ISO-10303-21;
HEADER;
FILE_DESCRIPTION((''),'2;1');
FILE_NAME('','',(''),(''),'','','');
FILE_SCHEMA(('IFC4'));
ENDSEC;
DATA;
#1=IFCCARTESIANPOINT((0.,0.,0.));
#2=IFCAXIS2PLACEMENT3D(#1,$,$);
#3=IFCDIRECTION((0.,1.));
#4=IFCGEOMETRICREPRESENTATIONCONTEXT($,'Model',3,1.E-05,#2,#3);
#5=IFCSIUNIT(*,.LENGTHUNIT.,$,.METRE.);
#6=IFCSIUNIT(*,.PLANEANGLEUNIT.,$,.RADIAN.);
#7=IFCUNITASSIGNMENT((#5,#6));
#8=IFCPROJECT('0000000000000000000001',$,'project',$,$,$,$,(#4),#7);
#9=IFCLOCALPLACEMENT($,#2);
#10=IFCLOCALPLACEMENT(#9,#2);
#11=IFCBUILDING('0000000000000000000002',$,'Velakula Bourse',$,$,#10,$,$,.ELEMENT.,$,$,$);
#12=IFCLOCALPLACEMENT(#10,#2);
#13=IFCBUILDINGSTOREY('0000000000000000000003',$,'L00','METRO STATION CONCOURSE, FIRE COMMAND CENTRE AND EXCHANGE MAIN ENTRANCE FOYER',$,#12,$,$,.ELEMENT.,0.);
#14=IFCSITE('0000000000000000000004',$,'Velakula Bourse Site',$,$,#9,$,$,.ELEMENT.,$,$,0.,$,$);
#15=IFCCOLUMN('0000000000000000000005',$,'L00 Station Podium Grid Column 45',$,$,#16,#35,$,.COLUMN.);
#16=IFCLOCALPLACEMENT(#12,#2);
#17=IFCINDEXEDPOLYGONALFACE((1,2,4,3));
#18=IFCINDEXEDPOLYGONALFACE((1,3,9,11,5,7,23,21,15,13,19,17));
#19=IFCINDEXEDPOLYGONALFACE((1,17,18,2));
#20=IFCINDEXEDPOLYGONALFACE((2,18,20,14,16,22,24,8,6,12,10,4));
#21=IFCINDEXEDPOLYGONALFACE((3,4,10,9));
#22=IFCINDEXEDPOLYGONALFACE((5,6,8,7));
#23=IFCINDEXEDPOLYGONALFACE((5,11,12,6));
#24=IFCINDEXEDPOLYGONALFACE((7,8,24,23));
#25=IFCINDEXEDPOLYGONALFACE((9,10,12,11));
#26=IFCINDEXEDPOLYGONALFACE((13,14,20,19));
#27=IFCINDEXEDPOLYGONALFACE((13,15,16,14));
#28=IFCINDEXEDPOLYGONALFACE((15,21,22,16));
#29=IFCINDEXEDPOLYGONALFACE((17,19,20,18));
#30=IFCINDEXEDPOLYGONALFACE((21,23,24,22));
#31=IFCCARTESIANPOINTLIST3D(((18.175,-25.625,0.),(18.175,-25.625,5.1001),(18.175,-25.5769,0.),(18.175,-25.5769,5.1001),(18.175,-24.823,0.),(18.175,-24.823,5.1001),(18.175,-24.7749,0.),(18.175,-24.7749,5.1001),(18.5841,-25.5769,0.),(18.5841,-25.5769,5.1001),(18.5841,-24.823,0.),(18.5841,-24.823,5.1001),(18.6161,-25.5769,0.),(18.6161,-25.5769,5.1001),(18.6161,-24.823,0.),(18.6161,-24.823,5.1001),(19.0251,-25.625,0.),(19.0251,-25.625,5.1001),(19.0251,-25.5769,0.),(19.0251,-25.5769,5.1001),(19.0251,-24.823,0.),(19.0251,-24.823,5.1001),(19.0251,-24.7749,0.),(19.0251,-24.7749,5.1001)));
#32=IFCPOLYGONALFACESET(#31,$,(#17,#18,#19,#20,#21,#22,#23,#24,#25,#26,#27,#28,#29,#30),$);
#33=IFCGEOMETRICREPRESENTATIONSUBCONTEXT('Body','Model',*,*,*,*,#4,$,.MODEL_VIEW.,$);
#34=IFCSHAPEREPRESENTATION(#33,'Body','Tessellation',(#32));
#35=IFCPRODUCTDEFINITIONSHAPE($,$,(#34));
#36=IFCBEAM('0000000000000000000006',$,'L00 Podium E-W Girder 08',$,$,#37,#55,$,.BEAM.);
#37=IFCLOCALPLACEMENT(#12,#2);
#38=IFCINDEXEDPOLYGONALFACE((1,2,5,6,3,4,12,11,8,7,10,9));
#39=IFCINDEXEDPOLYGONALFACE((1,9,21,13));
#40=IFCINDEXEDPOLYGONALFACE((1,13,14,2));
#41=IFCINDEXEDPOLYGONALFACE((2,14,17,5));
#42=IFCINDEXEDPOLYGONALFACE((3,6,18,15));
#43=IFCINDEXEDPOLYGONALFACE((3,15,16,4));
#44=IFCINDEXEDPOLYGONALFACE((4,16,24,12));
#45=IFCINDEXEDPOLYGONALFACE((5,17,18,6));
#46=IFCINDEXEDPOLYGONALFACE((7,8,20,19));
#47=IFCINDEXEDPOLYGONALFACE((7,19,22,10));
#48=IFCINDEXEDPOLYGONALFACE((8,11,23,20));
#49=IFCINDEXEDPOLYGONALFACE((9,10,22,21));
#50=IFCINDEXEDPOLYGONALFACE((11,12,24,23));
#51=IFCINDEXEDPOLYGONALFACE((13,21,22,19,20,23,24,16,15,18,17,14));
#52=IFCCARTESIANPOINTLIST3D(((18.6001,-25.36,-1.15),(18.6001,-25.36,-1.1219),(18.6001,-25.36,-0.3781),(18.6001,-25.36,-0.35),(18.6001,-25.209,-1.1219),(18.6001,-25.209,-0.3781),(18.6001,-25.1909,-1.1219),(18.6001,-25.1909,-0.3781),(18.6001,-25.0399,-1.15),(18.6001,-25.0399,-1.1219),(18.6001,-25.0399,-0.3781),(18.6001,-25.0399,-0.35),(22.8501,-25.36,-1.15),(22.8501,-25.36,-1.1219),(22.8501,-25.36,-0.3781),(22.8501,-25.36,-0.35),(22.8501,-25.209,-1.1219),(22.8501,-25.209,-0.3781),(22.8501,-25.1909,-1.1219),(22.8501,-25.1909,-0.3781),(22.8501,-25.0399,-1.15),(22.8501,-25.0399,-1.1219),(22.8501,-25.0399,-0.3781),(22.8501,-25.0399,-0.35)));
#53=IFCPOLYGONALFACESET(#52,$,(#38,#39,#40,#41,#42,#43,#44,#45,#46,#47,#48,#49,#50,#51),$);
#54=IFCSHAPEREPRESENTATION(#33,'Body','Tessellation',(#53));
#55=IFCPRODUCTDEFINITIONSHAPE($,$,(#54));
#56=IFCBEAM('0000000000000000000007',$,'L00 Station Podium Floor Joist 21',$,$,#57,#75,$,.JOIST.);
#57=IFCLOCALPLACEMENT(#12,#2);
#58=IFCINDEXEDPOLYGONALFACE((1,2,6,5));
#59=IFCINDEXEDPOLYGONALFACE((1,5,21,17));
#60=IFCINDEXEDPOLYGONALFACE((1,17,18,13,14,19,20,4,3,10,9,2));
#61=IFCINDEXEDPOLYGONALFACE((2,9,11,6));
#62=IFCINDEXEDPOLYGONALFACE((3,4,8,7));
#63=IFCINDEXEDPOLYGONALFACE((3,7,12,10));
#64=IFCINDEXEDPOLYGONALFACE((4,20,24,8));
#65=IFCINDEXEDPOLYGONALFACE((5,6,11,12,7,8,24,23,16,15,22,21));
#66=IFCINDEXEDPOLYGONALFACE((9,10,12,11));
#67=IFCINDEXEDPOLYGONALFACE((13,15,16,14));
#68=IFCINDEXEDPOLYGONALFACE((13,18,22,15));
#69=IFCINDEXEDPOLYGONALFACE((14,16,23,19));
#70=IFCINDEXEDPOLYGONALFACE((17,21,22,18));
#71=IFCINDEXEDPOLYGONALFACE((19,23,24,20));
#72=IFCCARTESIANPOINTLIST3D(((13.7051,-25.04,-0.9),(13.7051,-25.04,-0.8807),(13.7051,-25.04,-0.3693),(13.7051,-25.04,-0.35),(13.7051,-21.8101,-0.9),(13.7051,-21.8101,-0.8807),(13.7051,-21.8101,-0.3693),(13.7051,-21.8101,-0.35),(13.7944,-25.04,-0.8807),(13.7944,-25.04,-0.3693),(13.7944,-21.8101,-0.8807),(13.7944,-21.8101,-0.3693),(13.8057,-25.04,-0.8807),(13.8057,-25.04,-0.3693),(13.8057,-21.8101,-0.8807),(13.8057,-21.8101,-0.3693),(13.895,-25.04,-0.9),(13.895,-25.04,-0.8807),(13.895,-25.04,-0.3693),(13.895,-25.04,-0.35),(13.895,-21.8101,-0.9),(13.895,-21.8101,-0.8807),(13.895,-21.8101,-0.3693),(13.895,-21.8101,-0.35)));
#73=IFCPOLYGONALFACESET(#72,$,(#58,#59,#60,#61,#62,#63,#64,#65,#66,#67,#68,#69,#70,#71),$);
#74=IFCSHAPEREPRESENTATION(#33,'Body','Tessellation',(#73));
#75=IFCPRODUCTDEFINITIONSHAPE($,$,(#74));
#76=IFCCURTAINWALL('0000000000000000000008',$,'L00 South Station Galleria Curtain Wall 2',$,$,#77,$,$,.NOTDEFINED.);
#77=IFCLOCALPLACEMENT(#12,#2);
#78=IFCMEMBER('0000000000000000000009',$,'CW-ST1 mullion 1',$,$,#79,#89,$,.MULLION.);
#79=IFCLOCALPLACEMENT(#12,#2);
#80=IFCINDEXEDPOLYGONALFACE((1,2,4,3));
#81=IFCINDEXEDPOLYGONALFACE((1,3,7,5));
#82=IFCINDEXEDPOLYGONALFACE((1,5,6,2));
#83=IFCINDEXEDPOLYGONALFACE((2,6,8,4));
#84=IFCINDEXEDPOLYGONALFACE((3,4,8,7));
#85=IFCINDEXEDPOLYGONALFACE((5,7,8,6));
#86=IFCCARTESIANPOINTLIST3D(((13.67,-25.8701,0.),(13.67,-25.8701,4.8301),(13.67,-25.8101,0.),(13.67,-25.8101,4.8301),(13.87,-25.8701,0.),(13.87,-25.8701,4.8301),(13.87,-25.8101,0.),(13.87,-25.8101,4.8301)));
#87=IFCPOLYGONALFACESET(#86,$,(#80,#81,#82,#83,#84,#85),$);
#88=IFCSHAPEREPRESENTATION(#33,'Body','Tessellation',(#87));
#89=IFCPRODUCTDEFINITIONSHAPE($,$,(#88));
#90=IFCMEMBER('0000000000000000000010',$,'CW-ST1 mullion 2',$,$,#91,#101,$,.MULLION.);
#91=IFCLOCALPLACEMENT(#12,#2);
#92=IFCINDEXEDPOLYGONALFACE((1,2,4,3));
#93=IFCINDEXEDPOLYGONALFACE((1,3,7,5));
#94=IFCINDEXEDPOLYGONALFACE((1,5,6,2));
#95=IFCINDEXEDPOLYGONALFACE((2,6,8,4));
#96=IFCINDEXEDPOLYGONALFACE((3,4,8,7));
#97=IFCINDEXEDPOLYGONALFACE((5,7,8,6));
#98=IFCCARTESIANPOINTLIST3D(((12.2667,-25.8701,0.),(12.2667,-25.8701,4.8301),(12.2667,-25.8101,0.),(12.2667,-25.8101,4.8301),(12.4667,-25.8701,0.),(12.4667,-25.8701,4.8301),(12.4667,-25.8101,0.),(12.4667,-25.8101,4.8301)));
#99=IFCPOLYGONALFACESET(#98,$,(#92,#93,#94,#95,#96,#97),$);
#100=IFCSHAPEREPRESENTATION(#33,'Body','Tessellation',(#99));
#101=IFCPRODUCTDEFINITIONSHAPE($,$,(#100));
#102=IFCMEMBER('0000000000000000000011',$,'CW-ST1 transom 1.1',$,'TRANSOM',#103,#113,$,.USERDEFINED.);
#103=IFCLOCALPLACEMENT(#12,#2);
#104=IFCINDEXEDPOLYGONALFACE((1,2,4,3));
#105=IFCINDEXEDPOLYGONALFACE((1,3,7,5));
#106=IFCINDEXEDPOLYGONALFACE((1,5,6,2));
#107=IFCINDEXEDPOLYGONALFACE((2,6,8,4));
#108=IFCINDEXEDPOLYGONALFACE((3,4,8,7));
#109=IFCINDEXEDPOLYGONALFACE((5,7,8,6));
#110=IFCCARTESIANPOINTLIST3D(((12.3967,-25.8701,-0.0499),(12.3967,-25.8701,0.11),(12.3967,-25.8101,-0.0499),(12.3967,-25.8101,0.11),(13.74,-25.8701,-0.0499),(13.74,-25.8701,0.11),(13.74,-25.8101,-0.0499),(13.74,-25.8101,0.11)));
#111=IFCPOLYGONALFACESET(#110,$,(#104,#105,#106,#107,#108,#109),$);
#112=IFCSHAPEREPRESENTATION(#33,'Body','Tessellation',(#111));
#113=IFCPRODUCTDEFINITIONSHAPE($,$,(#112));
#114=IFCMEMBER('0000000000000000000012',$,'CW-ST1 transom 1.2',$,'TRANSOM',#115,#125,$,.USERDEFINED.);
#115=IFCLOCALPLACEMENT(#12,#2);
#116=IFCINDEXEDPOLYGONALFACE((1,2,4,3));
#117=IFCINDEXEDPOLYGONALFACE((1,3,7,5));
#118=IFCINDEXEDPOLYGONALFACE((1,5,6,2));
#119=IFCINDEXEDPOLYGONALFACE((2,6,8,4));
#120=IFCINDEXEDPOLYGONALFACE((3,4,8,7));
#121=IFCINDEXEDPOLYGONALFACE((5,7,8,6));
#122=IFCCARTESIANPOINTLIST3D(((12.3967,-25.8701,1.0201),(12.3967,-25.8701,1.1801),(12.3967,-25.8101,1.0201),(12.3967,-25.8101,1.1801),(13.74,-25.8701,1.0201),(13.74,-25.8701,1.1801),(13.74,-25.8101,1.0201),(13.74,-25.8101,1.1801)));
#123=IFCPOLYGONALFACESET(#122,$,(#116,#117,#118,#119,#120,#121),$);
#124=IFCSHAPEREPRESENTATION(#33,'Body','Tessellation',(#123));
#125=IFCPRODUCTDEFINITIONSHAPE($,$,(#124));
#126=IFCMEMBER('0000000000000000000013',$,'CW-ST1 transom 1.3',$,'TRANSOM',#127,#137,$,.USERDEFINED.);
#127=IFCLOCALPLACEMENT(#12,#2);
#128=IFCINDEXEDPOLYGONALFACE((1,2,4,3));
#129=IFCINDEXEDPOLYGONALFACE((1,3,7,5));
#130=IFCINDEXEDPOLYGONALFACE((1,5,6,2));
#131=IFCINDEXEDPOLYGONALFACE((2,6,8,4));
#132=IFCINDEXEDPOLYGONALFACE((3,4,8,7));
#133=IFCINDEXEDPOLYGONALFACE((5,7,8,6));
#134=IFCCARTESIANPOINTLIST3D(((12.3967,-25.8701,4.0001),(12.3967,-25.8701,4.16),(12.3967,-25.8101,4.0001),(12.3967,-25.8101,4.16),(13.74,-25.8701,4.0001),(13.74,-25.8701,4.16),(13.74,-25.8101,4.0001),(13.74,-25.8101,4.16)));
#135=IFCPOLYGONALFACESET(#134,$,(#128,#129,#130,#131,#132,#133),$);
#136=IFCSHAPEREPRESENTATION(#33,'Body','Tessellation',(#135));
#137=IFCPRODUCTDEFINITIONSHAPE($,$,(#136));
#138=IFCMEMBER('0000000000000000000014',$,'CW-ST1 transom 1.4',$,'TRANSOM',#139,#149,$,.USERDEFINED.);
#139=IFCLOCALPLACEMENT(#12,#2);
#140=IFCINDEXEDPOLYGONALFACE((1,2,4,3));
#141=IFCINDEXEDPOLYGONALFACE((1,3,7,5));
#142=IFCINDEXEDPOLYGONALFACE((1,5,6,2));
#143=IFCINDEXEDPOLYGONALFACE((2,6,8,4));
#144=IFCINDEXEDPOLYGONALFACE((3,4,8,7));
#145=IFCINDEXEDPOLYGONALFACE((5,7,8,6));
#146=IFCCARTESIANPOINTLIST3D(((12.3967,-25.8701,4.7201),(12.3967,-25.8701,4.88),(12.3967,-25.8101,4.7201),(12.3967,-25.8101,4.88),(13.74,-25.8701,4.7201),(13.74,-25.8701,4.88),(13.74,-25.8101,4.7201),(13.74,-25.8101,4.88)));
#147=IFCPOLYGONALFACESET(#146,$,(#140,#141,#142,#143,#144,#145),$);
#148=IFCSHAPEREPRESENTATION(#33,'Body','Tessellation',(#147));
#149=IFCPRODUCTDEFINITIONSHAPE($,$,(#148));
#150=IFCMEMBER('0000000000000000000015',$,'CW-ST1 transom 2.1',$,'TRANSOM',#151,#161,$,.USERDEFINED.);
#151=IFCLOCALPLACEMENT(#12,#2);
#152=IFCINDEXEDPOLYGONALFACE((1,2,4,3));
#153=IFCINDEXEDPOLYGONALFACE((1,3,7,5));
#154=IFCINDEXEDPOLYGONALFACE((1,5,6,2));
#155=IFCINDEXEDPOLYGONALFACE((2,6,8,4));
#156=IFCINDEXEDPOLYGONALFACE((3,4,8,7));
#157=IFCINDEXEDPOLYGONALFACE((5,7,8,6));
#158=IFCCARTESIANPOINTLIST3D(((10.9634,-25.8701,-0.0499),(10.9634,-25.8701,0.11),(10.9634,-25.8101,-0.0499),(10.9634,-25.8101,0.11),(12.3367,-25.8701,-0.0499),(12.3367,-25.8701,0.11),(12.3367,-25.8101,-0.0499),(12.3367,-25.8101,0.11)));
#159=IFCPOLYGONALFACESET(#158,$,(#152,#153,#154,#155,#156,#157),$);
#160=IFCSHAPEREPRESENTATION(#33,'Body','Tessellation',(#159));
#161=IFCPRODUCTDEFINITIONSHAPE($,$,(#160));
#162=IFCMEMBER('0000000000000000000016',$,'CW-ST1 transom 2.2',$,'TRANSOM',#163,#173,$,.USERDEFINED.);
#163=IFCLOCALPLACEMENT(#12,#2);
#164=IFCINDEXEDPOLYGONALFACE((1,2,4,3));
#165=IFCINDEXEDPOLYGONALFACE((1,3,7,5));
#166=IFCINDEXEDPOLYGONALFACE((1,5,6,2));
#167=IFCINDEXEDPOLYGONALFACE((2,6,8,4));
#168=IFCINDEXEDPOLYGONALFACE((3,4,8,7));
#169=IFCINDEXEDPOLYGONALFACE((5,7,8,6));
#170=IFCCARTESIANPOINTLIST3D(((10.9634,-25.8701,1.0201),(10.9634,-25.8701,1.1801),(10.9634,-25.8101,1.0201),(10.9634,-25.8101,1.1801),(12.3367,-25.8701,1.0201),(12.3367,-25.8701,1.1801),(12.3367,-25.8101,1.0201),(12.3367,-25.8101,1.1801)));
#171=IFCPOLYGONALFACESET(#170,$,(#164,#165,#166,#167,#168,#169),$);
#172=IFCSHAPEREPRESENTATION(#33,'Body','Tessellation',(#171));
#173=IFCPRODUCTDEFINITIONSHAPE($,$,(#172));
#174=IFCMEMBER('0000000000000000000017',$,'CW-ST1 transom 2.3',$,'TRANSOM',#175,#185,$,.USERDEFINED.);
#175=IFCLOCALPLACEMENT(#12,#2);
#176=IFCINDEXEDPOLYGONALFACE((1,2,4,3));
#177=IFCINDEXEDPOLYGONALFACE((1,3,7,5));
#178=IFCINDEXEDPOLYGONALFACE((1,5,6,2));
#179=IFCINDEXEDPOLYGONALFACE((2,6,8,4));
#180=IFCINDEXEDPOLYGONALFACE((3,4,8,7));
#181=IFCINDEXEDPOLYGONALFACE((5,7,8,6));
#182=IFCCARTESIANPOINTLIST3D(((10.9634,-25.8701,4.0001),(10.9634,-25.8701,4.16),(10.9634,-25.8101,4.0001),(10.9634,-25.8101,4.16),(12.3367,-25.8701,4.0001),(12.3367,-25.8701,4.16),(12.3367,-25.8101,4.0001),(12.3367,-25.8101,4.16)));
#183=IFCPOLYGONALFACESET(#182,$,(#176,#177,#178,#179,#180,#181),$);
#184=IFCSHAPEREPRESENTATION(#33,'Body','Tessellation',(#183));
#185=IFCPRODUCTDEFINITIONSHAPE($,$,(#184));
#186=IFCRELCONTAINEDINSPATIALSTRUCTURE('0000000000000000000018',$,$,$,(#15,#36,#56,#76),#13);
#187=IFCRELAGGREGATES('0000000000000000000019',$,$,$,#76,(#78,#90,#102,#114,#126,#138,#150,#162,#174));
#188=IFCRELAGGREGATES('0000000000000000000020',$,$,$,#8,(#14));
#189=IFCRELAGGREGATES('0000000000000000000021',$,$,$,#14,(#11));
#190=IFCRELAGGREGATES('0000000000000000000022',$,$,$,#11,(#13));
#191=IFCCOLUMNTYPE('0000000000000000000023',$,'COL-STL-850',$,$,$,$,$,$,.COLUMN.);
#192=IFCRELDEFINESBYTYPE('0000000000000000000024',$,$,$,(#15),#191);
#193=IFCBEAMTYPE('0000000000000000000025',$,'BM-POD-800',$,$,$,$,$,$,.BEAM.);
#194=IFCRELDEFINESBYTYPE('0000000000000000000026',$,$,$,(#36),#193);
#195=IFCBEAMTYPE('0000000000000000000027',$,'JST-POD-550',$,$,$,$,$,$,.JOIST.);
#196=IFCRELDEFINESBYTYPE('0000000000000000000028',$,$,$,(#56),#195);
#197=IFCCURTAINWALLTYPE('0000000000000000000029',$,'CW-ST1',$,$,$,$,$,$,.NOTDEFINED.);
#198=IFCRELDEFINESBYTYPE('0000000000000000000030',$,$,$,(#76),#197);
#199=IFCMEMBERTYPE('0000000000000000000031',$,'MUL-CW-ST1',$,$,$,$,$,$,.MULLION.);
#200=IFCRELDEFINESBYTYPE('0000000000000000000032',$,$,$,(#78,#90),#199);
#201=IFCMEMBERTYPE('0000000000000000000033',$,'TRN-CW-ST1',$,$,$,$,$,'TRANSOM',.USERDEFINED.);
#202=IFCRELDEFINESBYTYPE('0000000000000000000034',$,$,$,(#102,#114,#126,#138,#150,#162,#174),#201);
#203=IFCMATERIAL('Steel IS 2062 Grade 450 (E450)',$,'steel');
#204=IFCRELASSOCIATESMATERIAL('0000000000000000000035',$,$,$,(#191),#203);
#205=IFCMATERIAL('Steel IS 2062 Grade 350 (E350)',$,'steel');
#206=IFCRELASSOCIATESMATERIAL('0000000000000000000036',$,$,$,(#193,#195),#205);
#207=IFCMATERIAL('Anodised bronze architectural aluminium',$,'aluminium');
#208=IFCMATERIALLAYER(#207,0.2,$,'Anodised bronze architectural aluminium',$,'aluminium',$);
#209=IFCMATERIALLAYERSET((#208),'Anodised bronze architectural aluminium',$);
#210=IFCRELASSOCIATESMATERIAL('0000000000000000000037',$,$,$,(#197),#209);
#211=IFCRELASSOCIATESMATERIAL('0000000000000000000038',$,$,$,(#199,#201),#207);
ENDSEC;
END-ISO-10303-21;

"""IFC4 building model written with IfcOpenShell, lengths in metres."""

from ifc_helpers import new_model, si_unit, direction, frame, origin, origin_2d, place, context, subcontext, project, spatial, rectangle, i_section, extrude, material, layer, layer_set, material_profile, profile_set, type_object, element, aggregate, save


model = new_model("IFC4")

# Units and contexts
model_context = context("Model", 3, precision=1e-05, world=origin(), true_north=direction((0.0, 1.0)))
body_context = subcontext(model_context, "Body", "Model", "MODEL_VIEW")
ifc_project = project(units=[si_unit("LENGTHUNIT", "METRE"), si_unit("PLANEANGLEUNIT", "RADIAN")], contexts=[model_context])

# Site, building, storey
site_placement = place(None, origin())
site = spatial("IfcSite", under=ifc_project, at=site_placement, Name="Velakula Bourse Site", CompositionType="ELEMENT", RefElevation=0.0)
building_placement = place(site_placement, origin())
building = spatial("IfcBuilding", under=site, at=building_placement, Name="Velakula Bourse", CompositionType="ELEMENT")
storey_placement = place(building_placement, origin())
storey = spatial("IfcBuildingStorey", under=building, at=storey_placement, Name="L00", Description="METRO STATION CONCOURSE, FIRE COMMAND CENTRE AND EXCHANGE MAIN ENTRANCE FOYER", CompositionType="ELEMENT", Elevation=0.0)

# Column
ifc_material_1 = material(Name="Steel IS 2062 Grade 450 (E450)", Category="steel")
ifc_material_profile_1 = material_profile(ifc_material_1, i_section(OverallWidth=0.8501, OverallDepth=0.8501, WebThickness=0.032, FlangeThickness=0.0481, at=origin_2d()), Name="Steel IS 2062 Grade 450 (E450)")
ifc_profile_set_1 = profile_set([ifc_material_profile_1], Name="Steel IS 2062 Grade 450 (E450)")
column_type = type_object("IfcColumnType", Name="COL-STL-850", PredefinedType="COLUMN", material=ifc_profile_set_1)
column_placement = place(storey_placement, frame((18.6001, -25.2, 0.0), z_axis=(0.0, 0.0, 1.0), x_axis=(1.0, 0.0, 0.0)))
element("IfcColumn", 1, at=column_placement, inside=storey, type_object=column_type, Name="L00 Station Podium Grid Column 45", PredefinedType="COLUMN", context=body_context, shape_type="SweptSolid", body=[
    extrude(i_section(OverallWidth=0.8501, OverallDepth=0.8501, WebThickness=0.032, FlangeThickness=0.0481, at=origin_2d()), origin(), (0.0, 0.0, 1.0), 5.1001),
])

# Beams
ifc_material_2 = material(Name="Steel IS 2062 Grade 350 (E350)", Category="steel")
ifc_material_profile_2 = material_profile(ifc_material_2, i_section(OverallWidth=0.3201, OverallDepth=0.8, WebThickness=0.0181, FlangeThickness=0.0281, at=origin_2d()), Name="Steel IS 2062 Grade 350 (E350)")
ifc_profile_set_2 = profile_set([ifc_material_profile_2], Name="Steel IS 2062 Grade 350 (E350)")
beam_type_1 = type_object("IfcBeamType", Name="BM-POD-800", PredefinedType="BEAM", material=ifc_profile_set_2)
beam_1_placement = place(storey_placement, frame((18.6001, -25.2, -0.75), z_axis=(1.0, 0.0, 0.0), x_axis=(0.0, 1.0, 0.0)))
element("IfcBeam", 2, at=beam_1_placement, inside=storey, type_object=beam_type_1, Name="L00 Podium E-W Girder 08", PredefinedType="BEAM", context=body_context, shape_type="SweptSolid", body=[
    extrude(i_section(OverallWidth=0.3201, OverallDepth=0.8, WebThickness=0.0181, FlangeThickness=0.0281, at=origin_2d()), origin(), (0.0, 0.0, 1.0), 4.25),
])
ifc_material_profile_3 = material_profile(ifc_material_2, i_section(OverallWidth=0.1899, OverallDepth=0.55, WebThickness=0.0112, FlangeThickness=0.0193, at=origin_2d()), Name="Steel IS 2062 Grade 350 (E350)")
ifc_profile_set_3 = profile_set([ifc_material_profile_3], Name="Steel IS 2062 Grade 350 (E350)")
beam_type_2 = type_object("IfcBeamType", Name="JST-POD-550", PredefinedType="JOIST", material=ifc_profile_set_3)
beam_2_placement = place(storey_placement, frame((13.8, -25.04, -0.625), z_axis=(0.0, 1.0, 0.0), x_axis=(-1.0, 0.0, 0.0)))
element("IfcBeam", 3, at=beam_2_placement, inside=storey, type_object=beam_type_2, Name="L00 Station Podium Floor Joist 21", PredefinedType="JOIST", context=body_context, shape_type="SweptSolid", body=[
    extrude(i_section(OverallWidth=0.1899, OverallDepth=0.55, WebThickness=0.0112, FlangeThickness=0.0193, at=origin_2d()), origin(), (0.0, 0.0, 1.0), 3.23),
])

# Curtain wall, members
ifc_material_3 = material(Name="Anodised bronze architectural aluminium", Category="aluminium")
ifc_layer_1 = layer(ifc_material_3, 0.2, Name="Anodised bronze architectural aluminium", Category="aluminium")
ifc_layer_set_1 = layer_set([ifc_layer_1], Name="Anodised bronze architectural aluminium")
curtain_wall_type = type_object("IfcCurtainWallType", Name="CW-ST1", PredefinedType="NOTDEFINED", material=ifc_layer_set_1)
curtain_wall_placement = place(storey_placement, origin())
curtain_wall = element("IfcCurtainWall", 4, at=curtain_wall_placement, inside=storey, type_object=curtain_wall_type, Name="L00 South Station Galleria Curtain Wall 2", PredefinedType="NOTDEFINED")
ifc_material_profile_4 = material_profile(ifc_material_3, rectangle(XDim=0.0601, YDim=0.2, at=origin_2d()), Name="Anodised bronze architectural aluminium")
ifc_profile_set_4 = profile_set([ifc_material_profile_4], Name="Anodised bronze architectural aluminium")
member_type_1 = type_object("IfcMemberType", Name="MUL-CW-ST1", PredefinedType="MULLION", material=ifc_profile_set_4)
member_1_placement = place(storey_placement, frame((13.77, -25.8401, 0.0), z_axis=(0.0, 0.0, 1.0), x_axis=(0.0, -1.0, 0.0)))
member_1 = element("IfcMember", 5, at=member_1_placement, type_object=member_type_1, Name="CW-ST1 mullion 1", PredefinedType="MULLION", context=body_context, shape_type="SweptSolid", body=[
    extrude(rectangle(XDim=0.0601, YDim=0.2, at=origin_2d()), origin(), (0.0, 0.0, 1.0), 4.8301),
])
member_2_placement = place(storey_placement, frame((12.3667, -25.8401, 0.0), z_axis=(0.0, 0.0, 1.0), x_axis=(0.0, -1.0, 0.0)))
member_2 = element("IfcMember", 6, at=member_2_placement, type_object=member_type_1, Name="CW-ST1 mullion 2", PredefinedType="MULLION", context=body_context, shape_type="SweptSolid", body=[
    extrude(rectangle(XDim=0.0601, YDim=0.2, at=origin_2d()), origin(), (0.0, 0.0, 1.0), 4.8301),
])
ifc_material_profile_5 = material_profile(ifc_material_3, rectangle(XDim=0.0601, YDim=0.1599, at=origin_2d()), Name="Anodised bronze architectural aluminium")
ifc_profile_set_5 = profile_set([ifc_material_profile_5], Name="Anodised bronze architectural aluminium")
member_type_2 = type_object("IfcMemberType", Name="TRN-CW-ST1", ElementType="TRANSOM", PredefinedType="USERDEFINED", material=ifc_profile_set_5)
member_3_placement = place(storey_placement, frame((13.74, -25.8401, 0.03), z_axis=(-1.0, 0.0, 0.0), x_axis=(0.0, -1.0, 0.0)))
member_3 = element("IfcMember", 7, at=member_3_placement, type_object=member_type_2, Name="CW-ST1 transom 1.1", ObjectType="TRANSOM", PredefinedType="USERDEFINED", context=body_context, shape_type="SweptSolid", body=[
    extrude(rectangle(XDim=0.0601, YDim=0.1599, at=origin_2d()), origin(), (0.0, 0.0, 1.0), 1.3433),
])
member_4_placement = place(storey_placement, frame((13.74, -25.8401, 1.1001), z_axis=(-1.0, 0.0, 0.0), x_axis=(0.0, -1.0, 0.0)))
member_4 = element("IfcMember", 8, at=member_4_placement, type_object=member_type_2, Name="CW-ST1 transom 1.2", ObjectType="TRANSOM", PredefinedType="USERDEFINED", context=body_context, shape_type="SweptSolid", body=[
    extrude(rectangle(XDim=0.0601, YDim=0.1599, at=origin_2d()), origin(), (0.0, 0.0, 1.0), 1.3433),
])
member_5_placement = place(storey_placement, frame((13.74, -25.8401, 4.0801), z_axis=(-1.0, 0.0, 0.0), x_axis=(0.0, -1.0, 0.0)))
member_5 = element("IfcMember", 9, at=member_5_placement, type_object=member_type_2, Name="CW-ST1 transom 1.3", ObjectType="TRANSOM", PredefinedType="USERDEFINED", context=body_context, shape_type="SweptSolid", body=[
    extrude(rectangle(XDim=0.0601, YDim=0.1599, at=origin_2d()), origin(), (0.0, 0.0, 1.0), 1.3433),
])
member_6_placement = place(storey_placement, frame((13.74, -25.8401, 4.8), z_axis=(-1.0, 0.0, 0.0), x_axis=(0.0, -1.0, 0.0)))
member_6 = element("IfcMember", 10, at=member_6_placement, type_object=member_type_2, Name="CW-ST1 transom 1.4", ObjectType="TRANSOM", PredefinedType="USERDEFINED", context=body_context, shape_type="SweptSolid", body=[
    extrude(rectangle(XDim=0.0601, YDim=0.1599, at=origin_2d()), origin(), (0.0, 0.0, 1.0), 1.3433),
])
member_7_placement = place(storey_placement, frame((12.3367, -25.8401, 0.03), z_axis=(-1.0, 0.0, 0.0), x_axis=(0.0, -1.0, 0.0)))
member_7 = element("IfcMember", 11, at=member_7_placement, type_object=member_type_2, Name="CW-ST1 transom 2.1", ObjectType="TRANSOM", PredefinedType="USERDEFINED", context=body_context, shape_type="SweptSolid", body=[
    extrude(rectangle(XDim=0.0601, YDim=0.1599, at=origin_2d()), origin(), (0.0, 0.0, 1.0), 1.3733),
])
member_8_placement = place(storey_placement, frame((12.3367, -25.8401, 1.1001), z_axis=(-1.0, 0.0, 0.0), x_axis=(0.0, -1.0, 0.0)))
member_8 = element("IfcMember", 12, at=member_8_placement, type_object=member_type_2, Name="CW-ST1 transom 2.2", ObjectType="TRANSOM", PredefinedType="USERDEFINED", context=body_context, shape_type="SweptSolid", body=[
    extrude(rectangle(XDim=0.0601, YDim=0.1599, at=origin_2d()), origin(), (0.0, 0.0, 1.0), 1.3733),
])
member_9_placement = place(storey_placement, frame((12.3367, -25.8401, 4.0801), z_axis=(-1.0, 0.0, 0.0), x_axis=(0.0, -1.0, 0.0)))
member_9 = element("IfcMember", 13, at=member_9_placement, type_object=member_type_2, Name="CW-ST1 transom 2.3", ObjectType="TRANSOM", PredefinedType="USERDEFINED", context=body_context, shape_type="SweptSolid", body=[
    extrude(rectangle(XDim=0.0601, YDim=0.1599, at=origin_2d()), origin(), (0.0, 0.0, 1.0), 1.3733),
])
aggregate(curtain_wall, [member_1, member_2, member_3, member_4, member_5, member_6, member_7, member_8, member_9])

save(model, "model.ifc")
